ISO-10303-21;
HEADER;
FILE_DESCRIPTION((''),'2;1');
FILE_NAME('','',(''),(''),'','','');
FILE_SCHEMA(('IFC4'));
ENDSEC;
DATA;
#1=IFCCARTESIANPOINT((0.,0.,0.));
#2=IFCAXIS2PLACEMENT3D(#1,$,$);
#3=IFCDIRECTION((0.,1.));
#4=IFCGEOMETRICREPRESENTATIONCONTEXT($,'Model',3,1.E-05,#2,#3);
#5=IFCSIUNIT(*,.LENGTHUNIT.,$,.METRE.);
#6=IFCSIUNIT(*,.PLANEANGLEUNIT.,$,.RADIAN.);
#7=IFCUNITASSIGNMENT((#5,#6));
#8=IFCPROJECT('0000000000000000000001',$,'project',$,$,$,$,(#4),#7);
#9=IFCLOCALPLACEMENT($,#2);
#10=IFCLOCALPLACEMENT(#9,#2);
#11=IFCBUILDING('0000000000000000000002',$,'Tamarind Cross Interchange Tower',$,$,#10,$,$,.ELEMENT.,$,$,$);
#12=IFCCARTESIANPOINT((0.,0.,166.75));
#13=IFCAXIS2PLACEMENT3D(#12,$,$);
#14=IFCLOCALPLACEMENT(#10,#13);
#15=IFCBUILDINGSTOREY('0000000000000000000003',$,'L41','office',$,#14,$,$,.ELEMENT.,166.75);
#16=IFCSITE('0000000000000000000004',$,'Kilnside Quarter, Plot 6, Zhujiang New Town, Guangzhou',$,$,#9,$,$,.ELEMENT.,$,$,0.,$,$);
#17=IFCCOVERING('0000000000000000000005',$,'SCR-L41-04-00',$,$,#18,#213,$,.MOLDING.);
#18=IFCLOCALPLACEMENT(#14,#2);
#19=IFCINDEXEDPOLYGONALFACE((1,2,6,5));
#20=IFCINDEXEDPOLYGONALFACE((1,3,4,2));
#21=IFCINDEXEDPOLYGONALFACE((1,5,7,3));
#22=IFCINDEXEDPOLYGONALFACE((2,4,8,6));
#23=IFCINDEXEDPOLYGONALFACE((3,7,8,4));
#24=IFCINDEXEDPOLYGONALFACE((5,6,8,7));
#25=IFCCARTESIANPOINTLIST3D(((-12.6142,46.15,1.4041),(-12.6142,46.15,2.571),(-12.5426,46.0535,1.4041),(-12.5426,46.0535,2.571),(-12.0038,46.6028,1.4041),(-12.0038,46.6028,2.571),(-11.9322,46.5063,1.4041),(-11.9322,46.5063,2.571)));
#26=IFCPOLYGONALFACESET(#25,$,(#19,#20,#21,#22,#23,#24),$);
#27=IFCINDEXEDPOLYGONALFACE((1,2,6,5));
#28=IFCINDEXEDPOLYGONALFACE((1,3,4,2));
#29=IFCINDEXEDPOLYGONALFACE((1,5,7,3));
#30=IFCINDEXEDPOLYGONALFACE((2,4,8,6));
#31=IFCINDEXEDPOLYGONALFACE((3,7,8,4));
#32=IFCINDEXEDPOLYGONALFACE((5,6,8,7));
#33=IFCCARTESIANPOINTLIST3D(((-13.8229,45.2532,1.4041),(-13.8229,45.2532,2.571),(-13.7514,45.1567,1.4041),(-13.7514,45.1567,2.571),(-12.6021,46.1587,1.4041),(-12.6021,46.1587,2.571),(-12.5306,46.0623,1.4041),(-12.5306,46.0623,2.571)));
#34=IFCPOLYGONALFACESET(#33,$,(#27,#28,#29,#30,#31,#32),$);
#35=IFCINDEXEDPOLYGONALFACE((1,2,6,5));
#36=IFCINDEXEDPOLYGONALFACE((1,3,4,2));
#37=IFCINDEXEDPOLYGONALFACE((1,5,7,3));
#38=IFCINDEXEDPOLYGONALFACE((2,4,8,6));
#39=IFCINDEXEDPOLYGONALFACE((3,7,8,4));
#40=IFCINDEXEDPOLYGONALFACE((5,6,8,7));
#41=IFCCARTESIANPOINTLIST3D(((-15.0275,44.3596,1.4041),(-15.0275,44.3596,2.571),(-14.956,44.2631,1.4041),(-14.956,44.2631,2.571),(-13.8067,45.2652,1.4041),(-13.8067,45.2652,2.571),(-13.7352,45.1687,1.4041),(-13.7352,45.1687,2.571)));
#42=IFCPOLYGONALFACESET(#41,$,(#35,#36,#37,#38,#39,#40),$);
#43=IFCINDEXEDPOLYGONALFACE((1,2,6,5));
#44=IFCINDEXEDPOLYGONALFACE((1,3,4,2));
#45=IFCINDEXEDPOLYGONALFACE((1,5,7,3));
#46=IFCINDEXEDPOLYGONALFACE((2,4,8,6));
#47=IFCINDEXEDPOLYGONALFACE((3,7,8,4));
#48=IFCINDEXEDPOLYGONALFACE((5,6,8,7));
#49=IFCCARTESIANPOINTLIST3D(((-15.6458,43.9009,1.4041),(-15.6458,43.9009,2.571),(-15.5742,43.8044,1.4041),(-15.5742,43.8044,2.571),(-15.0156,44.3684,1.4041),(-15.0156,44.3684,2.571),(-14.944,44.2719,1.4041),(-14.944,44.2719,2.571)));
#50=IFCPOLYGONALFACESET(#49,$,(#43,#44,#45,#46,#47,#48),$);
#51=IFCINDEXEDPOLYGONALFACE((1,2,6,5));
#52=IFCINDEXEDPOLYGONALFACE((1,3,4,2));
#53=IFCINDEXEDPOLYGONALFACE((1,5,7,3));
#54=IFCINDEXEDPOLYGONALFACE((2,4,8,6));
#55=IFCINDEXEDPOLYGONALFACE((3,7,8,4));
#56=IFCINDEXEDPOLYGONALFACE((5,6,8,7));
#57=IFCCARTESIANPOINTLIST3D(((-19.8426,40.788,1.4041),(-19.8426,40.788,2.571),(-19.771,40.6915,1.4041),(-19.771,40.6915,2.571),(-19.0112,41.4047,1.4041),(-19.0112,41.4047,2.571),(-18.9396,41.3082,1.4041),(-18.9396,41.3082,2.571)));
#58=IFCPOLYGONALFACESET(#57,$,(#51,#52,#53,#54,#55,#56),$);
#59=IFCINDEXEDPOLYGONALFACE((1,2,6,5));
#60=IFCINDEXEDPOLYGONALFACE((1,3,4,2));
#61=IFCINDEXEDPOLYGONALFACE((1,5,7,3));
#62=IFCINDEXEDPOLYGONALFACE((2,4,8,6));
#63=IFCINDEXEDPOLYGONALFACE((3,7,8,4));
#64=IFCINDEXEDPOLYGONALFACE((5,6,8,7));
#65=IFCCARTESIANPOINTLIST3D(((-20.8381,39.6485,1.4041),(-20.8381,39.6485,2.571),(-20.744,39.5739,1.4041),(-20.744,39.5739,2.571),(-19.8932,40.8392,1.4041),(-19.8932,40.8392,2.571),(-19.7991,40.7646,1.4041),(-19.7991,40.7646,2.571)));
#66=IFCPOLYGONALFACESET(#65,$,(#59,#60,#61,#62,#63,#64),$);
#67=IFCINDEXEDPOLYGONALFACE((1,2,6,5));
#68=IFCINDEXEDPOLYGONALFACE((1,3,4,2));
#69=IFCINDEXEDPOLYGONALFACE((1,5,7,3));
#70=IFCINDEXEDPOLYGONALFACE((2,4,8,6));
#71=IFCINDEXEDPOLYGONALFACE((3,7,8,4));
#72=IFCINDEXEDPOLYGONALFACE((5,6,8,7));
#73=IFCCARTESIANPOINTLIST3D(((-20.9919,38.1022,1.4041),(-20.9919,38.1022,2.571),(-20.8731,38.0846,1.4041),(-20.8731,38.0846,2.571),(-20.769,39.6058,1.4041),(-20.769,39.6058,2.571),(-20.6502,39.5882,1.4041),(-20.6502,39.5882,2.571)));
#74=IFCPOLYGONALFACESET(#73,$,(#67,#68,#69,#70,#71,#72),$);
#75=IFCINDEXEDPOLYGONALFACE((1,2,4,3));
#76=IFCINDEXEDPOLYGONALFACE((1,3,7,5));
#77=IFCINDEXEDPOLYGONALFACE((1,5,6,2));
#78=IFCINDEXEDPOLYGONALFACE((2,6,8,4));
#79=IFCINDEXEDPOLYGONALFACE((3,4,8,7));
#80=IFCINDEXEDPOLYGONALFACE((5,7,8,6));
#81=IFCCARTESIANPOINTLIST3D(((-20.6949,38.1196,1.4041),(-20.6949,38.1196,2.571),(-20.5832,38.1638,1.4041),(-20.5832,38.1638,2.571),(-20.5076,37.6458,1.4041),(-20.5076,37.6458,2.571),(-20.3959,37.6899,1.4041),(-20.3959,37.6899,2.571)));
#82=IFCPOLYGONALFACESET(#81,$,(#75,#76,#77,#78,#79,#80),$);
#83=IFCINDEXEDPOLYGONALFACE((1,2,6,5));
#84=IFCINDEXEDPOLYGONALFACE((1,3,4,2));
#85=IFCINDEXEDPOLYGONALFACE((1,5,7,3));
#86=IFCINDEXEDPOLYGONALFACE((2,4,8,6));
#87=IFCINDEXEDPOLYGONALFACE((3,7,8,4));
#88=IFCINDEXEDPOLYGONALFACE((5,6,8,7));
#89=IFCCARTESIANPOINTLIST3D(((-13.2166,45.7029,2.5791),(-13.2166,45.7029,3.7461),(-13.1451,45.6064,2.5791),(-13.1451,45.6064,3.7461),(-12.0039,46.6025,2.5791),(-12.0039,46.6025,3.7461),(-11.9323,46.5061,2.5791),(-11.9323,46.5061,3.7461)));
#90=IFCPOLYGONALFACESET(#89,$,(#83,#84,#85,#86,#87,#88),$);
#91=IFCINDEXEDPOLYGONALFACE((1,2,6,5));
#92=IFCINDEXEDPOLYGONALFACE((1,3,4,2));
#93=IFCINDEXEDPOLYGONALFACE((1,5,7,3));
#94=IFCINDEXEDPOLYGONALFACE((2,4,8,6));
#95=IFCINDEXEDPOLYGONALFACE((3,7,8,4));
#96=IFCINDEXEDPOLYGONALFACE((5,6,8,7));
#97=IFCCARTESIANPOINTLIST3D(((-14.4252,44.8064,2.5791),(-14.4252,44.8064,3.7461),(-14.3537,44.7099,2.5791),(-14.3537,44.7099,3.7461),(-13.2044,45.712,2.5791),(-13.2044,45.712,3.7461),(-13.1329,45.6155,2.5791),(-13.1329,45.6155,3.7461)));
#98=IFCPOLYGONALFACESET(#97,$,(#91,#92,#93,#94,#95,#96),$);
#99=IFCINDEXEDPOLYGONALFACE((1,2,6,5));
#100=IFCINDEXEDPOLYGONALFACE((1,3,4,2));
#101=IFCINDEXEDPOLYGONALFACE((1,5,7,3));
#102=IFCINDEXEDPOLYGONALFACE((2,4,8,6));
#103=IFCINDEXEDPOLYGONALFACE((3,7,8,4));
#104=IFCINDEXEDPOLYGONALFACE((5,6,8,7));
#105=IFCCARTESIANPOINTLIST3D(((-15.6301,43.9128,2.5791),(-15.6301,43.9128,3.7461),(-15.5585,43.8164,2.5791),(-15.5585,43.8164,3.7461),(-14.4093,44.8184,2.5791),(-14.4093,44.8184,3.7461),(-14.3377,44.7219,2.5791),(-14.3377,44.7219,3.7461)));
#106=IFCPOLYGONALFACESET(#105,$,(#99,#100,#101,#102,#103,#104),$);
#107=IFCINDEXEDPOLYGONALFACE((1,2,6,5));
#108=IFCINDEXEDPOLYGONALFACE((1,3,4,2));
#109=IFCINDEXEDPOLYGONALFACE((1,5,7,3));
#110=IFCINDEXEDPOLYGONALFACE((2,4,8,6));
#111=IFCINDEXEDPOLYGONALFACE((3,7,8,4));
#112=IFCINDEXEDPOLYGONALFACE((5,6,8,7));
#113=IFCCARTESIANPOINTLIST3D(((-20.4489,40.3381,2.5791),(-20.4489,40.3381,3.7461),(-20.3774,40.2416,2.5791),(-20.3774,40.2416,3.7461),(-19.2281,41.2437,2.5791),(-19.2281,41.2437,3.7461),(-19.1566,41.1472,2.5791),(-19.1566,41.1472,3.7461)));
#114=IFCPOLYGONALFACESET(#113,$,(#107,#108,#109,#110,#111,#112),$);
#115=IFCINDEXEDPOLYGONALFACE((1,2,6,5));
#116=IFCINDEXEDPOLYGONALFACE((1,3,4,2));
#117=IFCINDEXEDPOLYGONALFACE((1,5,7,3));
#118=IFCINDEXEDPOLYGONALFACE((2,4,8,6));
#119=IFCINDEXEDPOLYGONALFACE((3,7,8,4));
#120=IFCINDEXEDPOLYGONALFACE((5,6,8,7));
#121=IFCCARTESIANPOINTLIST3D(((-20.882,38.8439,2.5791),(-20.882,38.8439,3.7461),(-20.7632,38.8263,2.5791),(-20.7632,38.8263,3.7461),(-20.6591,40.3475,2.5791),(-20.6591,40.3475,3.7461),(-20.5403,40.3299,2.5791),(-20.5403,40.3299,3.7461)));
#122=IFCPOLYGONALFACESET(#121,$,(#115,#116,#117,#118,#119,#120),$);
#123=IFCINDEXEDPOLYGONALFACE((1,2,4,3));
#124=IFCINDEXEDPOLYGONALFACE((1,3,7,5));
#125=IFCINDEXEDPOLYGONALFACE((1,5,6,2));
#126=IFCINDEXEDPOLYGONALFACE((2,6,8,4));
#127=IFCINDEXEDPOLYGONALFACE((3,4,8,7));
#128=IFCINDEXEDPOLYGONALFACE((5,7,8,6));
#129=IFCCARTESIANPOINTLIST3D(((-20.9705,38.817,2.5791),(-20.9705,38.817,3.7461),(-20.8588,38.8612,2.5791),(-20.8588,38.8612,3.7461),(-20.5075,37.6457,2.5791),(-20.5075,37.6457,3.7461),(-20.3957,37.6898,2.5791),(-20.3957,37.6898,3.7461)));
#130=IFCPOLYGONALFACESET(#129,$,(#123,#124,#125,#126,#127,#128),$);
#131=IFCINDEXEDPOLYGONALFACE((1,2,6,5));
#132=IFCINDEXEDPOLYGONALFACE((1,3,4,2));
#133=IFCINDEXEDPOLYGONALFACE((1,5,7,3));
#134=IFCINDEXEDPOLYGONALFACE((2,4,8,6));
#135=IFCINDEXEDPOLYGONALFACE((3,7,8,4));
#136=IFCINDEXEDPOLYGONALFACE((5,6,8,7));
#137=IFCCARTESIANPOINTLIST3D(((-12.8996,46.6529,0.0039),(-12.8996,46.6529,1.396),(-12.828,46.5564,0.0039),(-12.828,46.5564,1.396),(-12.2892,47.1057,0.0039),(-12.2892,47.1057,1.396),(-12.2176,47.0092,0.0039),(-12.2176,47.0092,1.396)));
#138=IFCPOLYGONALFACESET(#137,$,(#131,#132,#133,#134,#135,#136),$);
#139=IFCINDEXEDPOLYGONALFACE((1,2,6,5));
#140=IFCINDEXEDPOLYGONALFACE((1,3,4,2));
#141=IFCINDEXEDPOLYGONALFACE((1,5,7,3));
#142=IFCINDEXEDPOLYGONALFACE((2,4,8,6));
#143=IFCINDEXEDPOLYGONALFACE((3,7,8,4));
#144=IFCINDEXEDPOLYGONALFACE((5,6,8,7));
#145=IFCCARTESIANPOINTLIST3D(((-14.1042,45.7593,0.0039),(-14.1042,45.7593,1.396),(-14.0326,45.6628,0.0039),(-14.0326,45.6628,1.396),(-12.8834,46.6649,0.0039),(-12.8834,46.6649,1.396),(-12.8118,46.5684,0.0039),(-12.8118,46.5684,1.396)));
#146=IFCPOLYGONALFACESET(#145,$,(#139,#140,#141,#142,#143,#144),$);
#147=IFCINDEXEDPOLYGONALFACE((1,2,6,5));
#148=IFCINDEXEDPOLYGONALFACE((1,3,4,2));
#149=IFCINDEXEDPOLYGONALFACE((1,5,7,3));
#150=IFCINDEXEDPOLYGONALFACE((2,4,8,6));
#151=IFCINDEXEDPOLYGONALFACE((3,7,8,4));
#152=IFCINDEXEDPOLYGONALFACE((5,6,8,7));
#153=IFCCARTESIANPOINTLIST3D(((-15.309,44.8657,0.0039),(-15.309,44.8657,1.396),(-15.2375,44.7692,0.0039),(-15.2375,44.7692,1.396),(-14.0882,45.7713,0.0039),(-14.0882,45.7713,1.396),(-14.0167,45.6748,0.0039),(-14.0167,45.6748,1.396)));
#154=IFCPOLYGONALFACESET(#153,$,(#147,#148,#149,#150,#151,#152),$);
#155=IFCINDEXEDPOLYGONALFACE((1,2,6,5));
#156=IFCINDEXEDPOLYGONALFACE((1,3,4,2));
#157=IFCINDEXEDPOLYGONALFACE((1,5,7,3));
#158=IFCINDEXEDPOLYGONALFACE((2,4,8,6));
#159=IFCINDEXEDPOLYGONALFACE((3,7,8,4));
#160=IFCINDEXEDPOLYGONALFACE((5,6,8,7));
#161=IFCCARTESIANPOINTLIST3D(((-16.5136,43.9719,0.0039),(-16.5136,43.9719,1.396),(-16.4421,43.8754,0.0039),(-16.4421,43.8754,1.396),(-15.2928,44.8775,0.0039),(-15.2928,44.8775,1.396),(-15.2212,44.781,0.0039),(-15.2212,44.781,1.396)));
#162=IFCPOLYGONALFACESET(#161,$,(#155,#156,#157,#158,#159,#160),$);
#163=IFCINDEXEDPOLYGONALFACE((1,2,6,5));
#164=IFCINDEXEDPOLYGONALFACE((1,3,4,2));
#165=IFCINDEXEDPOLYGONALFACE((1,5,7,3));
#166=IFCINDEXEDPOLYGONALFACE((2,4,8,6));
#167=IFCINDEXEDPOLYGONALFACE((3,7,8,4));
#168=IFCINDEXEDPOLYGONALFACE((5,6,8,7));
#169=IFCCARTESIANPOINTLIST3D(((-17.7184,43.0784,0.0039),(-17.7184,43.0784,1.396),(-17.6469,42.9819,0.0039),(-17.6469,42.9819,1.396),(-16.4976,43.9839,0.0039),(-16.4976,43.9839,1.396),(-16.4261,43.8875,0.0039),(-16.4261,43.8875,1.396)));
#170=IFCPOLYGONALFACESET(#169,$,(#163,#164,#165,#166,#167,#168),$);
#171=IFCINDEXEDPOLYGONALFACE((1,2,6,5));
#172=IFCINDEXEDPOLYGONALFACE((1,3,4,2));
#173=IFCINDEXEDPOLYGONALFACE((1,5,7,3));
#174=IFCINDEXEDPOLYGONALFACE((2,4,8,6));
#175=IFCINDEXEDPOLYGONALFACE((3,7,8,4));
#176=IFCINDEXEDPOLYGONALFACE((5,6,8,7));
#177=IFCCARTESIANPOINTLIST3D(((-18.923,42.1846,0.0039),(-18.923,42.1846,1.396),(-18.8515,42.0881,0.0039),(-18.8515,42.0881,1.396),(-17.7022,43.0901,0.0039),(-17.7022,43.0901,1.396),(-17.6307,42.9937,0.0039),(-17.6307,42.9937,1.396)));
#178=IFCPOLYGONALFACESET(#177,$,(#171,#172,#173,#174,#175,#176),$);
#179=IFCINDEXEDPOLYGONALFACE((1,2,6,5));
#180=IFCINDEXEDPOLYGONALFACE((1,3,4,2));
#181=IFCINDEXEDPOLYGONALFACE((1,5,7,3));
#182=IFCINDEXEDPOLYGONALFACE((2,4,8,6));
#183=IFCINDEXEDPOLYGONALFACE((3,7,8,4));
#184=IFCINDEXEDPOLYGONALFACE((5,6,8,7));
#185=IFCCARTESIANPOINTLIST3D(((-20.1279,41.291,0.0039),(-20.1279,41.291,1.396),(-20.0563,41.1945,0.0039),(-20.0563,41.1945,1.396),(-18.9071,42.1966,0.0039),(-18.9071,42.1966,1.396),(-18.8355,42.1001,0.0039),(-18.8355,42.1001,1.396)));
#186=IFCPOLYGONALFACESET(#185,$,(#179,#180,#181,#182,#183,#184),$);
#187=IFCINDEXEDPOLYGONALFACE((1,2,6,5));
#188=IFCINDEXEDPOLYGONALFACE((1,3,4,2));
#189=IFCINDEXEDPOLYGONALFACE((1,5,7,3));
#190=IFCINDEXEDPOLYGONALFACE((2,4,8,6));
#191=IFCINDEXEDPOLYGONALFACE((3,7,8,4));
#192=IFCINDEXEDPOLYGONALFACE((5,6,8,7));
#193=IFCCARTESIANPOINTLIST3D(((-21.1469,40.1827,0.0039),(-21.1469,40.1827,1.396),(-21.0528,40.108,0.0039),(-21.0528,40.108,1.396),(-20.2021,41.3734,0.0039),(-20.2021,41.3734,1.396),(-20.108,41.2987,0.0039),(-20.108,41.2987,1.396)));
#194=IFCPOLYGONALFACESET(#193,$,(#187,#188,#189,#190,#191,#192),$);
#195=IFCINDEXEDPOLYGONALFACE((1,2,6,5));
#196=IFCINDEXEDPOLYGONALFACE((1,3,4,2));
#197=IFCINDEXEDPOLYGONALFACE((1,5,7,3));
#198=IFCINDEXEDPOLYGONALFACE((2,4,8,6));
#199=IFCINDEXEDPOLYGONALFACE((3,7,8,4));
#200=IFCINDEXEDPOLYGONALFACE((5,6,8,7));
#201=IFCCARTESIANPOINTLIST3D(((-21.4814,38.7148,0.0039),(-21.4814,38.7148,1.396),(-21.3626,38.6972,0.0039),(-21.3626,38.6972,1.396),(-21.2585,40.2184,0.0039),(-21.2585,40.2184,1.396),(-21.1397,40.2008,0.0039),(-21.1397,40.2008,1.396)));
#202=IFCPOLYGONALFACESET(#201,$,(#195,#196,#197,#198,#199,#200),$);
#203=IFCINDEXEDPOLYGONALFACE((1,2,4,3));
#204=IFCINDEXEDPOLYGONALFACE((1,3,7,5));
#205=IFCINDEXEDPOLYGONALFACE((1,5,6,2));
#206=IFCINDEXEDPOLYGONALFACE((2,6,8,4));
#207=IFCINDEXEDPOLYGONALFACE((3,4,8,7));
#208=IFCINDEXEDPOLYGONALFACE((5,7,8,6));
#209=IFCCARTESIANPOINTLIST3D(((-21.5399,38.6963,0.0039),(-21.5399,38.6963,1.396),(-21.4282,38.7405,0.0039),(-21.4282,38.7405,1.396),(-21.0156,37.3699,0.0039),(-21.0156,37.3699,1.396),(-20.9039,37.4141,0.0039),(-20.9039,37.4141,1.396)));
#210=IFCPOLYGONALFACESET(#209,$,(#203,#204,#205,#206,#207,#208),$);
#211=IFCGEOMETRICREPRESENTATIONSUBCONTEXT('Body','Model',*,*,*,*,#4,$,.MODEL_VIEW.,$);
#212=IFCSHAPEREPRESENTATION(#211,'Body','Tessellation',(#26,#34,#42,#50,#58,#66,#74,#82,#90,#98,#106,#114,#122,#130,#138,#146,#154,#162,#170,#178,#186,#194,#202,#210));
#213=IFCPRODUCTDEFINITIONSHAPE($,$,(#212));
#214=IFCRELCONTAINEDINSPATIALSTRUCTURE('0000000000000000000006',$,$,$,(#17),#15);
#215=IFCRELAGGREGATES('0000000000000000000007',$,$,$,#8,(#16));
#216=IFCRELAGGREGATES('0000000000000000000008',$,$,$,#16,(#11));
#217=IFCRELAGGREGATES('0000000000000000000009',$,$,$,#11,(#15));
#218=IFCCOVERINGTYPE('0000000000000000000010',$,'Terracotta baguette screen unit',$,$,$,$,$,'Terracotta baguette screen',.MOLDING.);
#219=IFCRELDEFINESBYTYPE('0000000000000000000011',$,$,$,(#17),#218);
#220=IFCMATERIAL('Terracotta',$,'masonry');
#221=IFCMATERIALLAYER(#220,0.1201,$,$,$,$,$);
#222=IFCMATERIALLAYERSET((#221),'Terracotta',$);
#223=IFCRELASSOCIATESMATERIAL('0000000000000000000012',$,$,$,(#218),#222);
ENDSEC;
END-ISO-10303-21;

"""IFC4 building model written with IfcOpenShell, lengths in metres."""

from ifc_helpers import new_model, si_unit, direction, frame, origin, origin_2d, place, context, subcontext, project, spatial, rectangle, extrude, material, layer, layer_set, type_object, element, save


model = new_model("IFC4")

# Units and contexts
model_context = context("Model", 3, precision=1e-05, world=origin(), true_north=direction((0.0, 1.0)))
body_context = subcontext(model_context, "Body", "Model", "MODEL_VIEW")
ifc_project = project(units=[si_unit("LENGTHUNIT", "METRE"), si_unit("PLANEANGLEUNIT", "RADIAN")], contexts=[model_context])

# Site, building, storey
site_placement = place(None, origin())
site = spatial("IfcSite", under=ifc_project, at=site_placement, Name="Kilnside Quarter, Plot 6, Zhujiang New Town, Guangzhou", CompositionType="ELEMENT", RefElevation=0.0)
building_placement = place(site_placement, origin())
building = spatial("IfcBuilding", under=site, at=building_placement, Name="Tamarind Cross Interchange Tower", CompositionType="ELEMENT")
storey_placement = place(building_placement, frame((0.0, 0.0, 166.75)))
storey = spatial("IfcBuildingStorey", under=building, at=storey_placement, Name="L41", Description="office", CompositionType="ELEMENT", Elevation=166.75)

# Covering
ifc_material_1 = material(Name="Terracotta", Category="masonry")
ifc_layer_1 = layer(ifc_material_1, 0.1201)
ifc_layer_set_1 = layer_set([ifc_layer_1], Name="Terracotta")
covering_type = type_object("IfcCoveringType", Name="Terracotta baguette screen unit", ElementType="Terracotta baguette screen", PredefinedType="MOLDING", material=ifc_layer_set_1)
covering_1_placement = place(storey_placement, origin())
element("IfcCovering", 1, at=covering_1_placement, inside=storey, type_object=covering_type, Name="SCR-L41-04-00", PredefinedType="MOLDING", context=body_context, shape_type="SweptSolid", body=[
    extrude(rectangle(XDim=0.76, YDim=0.1201, at=origin_2d()), frame((-12.2732, 46.3281, 1.4041), z_axis=(0.0, 0.0, 1.0), x_axis=(-0.80315, -0.595776, 0.0)), (0.0, 0.0, 1.0), 1.167),
    extrude(rectangle(XDim=1.52, YDim=0.1201, at=origin_2d()), frame((-13.1768, 45.6577, 1.4041), z_axis=(0.0, 0.0, 1.0), x_axis=(-0.80315, -0.595776, 0.0)), (0.0, 0.0, 1.0), 1.167),
    extrude(rectangle(XDim=1.52, YDim=0.1201, at=origin_2d()), frame((-14.3813, 44.7642, 1.4041), z_axis=(0.0, 0.0, 1.0), x_axis=(-0.80315, -0.595776, 0.0)), (0.0, 0.0, 1.0), 1.167),
    extrude(rectangle(XDim=0.7847, YDim=0.1201, at=origin_2d()), frame((-15.2949, 44.0864, 1.4041), z_axis=(0.0, 0.0, 1.0), x_axis=(-0.80315, -0.595776, 0.0)), (0.0, 0.0, 1.0), 1.167),
    extrude(rectangle(XDim=1.0352, YDim=0.1201, at=origin_2d()), frame((-19.3911, 41.0481, 1.4041), z_axis=(0.0, 0.0, 1.0), x_axis=(-0.80315, -0.595776, 0.0)), (0.0, 0.0, 1.0), 1.167),
    extrude(rectangle(XDim=1.52, YDim=0.1201, at=origin_2d()), frame((-20.3186, 40.2065, 1.4041), z_axis=(0.0, 0.0, 1.0), x_axis=(-0.621585, -0.783346, 0.0)), (0.0, 0.0, 1.0), 1.167),
    extrude(rectangle(XDim=1.52, YDim=0.1201, at=origin_2d()), frame((-20.821, 38.8452, 1.4041), z_axis=(0.0, 0.0, 1.0), x_axis=(-0.146636, -0.989191, 0.0)), (0.0, 0.0, 1.0), 1.167),
    extrude(rectangle(XDim=0.5095, YDim=0.1201, at=origin_2d()), frame((-20.5454, 37.9048, 1.4041), z_axis=(0.0, 0.0, 1.0), x_axis=(0.367605, -0.929982, 0.0)), (0.0, 0.0, 1.0), 1.167),
    extrude(rectangle(XDim=1.51, YDim=0.1201, at=origin_2d()), frame((-12.5745, 46.1045, 2.5791), z_axis=(0.0, 0.0, 1.0), x_axis=(-0.80315, -0.595776, 0.0)), (0.0, 0.0, 1.0), 1.167),
    extrude(rectangle(XDim=1.52, YDim=0.1201, at=origin_2d()), frame((-13.7791, 45.2109, 2.5791), z_axis=(0.0, 0.0, 1.0), x_axis=(-0.80315, -0.595776, 0.0)), (0.0, 0.0, 1.0), 1.167),
    extrude(rectangle(XDim=1.52, YDim=0.1201, at=origin_2d()), frame((-14.9839, 44.3174, 2.5791), z_axis=(0.0, 0.0, 1.0), x_axis=(-0.80315, -0.595776, 0.0)), (0.0, 0.0, 1.0), 1.167),
    extrude(rectangle(XDim=1.52, YDim=0.1201, at=origin_2d()), frame((-19.8027, 40.7427, 2.5791), z_axis=(0.0, 0.0, 1.0), x_axis=(-0.80315, -0.595776, 0.0)), (0.0, 0.0, 1.0), 1.167),
    extrude(rectangle(XDim=1.52, YDim=0.1201, at=origin_2d()), frame((-20.7112, 39.5869, 2.5791), z_axis=(0.0, 0.0, 1.0), x_axis=(-0.146636, -0.989191, 0.0)), (0.0, 0.0, 1.0), 1.167),
    extrude(rectangle(XDim=1.2595, YDim=0.1201, at=origin_2d()), frame((-20.6831, 38.2534, 2.5791), z_axis=(0.0, 0.0, 1.0), x_axis=(0.367605, -0.929982, 0.0)), (0.0, 0.0, 1.0), 1.167),
    extrude(rectangle(XDim=0.76, YDim=0.1201, at=origin_2d()), frame((-12.5586, 46.8311, 0.0039), z_axis=(0.0, 0.0, 1.0), x_axis=(-0.80315, -0.595776, 0.0)), (0.0, 0.0, 1.0), 1.3921),
    extrude(rectangle(XDim=1.52, YDim=0.1201, at=origin_2d()), frame((-13.458, 46.1638, 0.0039), z_axis=(0.0, 0.0, 1.0), x_axis=(-0.80315, -0.595776, 0.0)), (0.0, 0.0, 1.0), 1.3921),
    extrude(rectangle(XDim=1.52, YDim=0.1201, at=origin_2d()), frame((-14.6628, 45.2703, 0.0039), z_axis=(0.0, 0.0, 1.0), x_axis=(-0.80315, -0.595776, 0.0)), (0.0, 0.0, 1.0), 1.3921),
    extrude(rectangle(XDim=1.52, YDim=0.1201, at=origin_2d()), frame((-15.8674, 44.3765, 0.0039), z_axis=(0.0, 0.0, 1.0), x_axis=(-0.80315, -0.595776, 0.0)), (0.0, 0.0, 1.0), 1.3921),
    extrude(rectangle(XDim=1.52, YDim=0.1201, at=origin_2d()), frame((-17.0723, 43.4829, 0.0039), z_axis=(0.0, 0.0, 1.0), x_axis=(-0.80315, -0.595776, 0.0)), (0.0, 0.0, 1.0), 1.3921),
    extrude(rectangle(XDim=1.52, YDim=0.1201, at=origin_2d()), frame((-18.2769, 42.5891, 0.0039), z_axis=(0.0, 0.0, 1.0), x_axis=(-0.80315, -0.595776, 0.0)), (0.0, 0.0, 1.0), 1.3921),
    extrude(rectangle(XDim=1.52, YDim=0.1201, at=origin_2d()), frame((-19.4817, 41.6956, 0.0039), z_axis=(0.0, 0.0, 1.0), x_axis=(-0.80315, -0.595776, 0.0)), (0.0, 0.0, 1.0), 1.3921),
    extrude(rectangle(XDim=1.52, YDim=0.1201, at=origin_2d()), frame((-20.6274, 40.7407, 0.0039), z_axis=(0.0, 0.0, 1.0), x_axis=(-0.621585, -0.783346, 0.0)), (0.0, 0.0, 1.0), 1.3921),
    extrude(rectangle(XDim=1.52, YDim=0.1201, at=origin_2d()), frame((-21.3105, 39.4578, 0.0039), z_axis=(0.0, 0.0, 1.0), x_axis=(-0.146636, -0.989191, 0.0)), (0.0, 0.0, 1.0), 1.3921),
    extrude(rectangle(XDim=1.4263, YDim=0.1201, at=origin_2d()), frame((-21.2219, 38.0552, 0.0039), z_axis=(0.0, 0.0, 1.0), x_axis=(0.367605, -0.929982, 0.0)), (0.0, 0.0, 1.0), 1.3921),
])

save(model, "model.ifc")
